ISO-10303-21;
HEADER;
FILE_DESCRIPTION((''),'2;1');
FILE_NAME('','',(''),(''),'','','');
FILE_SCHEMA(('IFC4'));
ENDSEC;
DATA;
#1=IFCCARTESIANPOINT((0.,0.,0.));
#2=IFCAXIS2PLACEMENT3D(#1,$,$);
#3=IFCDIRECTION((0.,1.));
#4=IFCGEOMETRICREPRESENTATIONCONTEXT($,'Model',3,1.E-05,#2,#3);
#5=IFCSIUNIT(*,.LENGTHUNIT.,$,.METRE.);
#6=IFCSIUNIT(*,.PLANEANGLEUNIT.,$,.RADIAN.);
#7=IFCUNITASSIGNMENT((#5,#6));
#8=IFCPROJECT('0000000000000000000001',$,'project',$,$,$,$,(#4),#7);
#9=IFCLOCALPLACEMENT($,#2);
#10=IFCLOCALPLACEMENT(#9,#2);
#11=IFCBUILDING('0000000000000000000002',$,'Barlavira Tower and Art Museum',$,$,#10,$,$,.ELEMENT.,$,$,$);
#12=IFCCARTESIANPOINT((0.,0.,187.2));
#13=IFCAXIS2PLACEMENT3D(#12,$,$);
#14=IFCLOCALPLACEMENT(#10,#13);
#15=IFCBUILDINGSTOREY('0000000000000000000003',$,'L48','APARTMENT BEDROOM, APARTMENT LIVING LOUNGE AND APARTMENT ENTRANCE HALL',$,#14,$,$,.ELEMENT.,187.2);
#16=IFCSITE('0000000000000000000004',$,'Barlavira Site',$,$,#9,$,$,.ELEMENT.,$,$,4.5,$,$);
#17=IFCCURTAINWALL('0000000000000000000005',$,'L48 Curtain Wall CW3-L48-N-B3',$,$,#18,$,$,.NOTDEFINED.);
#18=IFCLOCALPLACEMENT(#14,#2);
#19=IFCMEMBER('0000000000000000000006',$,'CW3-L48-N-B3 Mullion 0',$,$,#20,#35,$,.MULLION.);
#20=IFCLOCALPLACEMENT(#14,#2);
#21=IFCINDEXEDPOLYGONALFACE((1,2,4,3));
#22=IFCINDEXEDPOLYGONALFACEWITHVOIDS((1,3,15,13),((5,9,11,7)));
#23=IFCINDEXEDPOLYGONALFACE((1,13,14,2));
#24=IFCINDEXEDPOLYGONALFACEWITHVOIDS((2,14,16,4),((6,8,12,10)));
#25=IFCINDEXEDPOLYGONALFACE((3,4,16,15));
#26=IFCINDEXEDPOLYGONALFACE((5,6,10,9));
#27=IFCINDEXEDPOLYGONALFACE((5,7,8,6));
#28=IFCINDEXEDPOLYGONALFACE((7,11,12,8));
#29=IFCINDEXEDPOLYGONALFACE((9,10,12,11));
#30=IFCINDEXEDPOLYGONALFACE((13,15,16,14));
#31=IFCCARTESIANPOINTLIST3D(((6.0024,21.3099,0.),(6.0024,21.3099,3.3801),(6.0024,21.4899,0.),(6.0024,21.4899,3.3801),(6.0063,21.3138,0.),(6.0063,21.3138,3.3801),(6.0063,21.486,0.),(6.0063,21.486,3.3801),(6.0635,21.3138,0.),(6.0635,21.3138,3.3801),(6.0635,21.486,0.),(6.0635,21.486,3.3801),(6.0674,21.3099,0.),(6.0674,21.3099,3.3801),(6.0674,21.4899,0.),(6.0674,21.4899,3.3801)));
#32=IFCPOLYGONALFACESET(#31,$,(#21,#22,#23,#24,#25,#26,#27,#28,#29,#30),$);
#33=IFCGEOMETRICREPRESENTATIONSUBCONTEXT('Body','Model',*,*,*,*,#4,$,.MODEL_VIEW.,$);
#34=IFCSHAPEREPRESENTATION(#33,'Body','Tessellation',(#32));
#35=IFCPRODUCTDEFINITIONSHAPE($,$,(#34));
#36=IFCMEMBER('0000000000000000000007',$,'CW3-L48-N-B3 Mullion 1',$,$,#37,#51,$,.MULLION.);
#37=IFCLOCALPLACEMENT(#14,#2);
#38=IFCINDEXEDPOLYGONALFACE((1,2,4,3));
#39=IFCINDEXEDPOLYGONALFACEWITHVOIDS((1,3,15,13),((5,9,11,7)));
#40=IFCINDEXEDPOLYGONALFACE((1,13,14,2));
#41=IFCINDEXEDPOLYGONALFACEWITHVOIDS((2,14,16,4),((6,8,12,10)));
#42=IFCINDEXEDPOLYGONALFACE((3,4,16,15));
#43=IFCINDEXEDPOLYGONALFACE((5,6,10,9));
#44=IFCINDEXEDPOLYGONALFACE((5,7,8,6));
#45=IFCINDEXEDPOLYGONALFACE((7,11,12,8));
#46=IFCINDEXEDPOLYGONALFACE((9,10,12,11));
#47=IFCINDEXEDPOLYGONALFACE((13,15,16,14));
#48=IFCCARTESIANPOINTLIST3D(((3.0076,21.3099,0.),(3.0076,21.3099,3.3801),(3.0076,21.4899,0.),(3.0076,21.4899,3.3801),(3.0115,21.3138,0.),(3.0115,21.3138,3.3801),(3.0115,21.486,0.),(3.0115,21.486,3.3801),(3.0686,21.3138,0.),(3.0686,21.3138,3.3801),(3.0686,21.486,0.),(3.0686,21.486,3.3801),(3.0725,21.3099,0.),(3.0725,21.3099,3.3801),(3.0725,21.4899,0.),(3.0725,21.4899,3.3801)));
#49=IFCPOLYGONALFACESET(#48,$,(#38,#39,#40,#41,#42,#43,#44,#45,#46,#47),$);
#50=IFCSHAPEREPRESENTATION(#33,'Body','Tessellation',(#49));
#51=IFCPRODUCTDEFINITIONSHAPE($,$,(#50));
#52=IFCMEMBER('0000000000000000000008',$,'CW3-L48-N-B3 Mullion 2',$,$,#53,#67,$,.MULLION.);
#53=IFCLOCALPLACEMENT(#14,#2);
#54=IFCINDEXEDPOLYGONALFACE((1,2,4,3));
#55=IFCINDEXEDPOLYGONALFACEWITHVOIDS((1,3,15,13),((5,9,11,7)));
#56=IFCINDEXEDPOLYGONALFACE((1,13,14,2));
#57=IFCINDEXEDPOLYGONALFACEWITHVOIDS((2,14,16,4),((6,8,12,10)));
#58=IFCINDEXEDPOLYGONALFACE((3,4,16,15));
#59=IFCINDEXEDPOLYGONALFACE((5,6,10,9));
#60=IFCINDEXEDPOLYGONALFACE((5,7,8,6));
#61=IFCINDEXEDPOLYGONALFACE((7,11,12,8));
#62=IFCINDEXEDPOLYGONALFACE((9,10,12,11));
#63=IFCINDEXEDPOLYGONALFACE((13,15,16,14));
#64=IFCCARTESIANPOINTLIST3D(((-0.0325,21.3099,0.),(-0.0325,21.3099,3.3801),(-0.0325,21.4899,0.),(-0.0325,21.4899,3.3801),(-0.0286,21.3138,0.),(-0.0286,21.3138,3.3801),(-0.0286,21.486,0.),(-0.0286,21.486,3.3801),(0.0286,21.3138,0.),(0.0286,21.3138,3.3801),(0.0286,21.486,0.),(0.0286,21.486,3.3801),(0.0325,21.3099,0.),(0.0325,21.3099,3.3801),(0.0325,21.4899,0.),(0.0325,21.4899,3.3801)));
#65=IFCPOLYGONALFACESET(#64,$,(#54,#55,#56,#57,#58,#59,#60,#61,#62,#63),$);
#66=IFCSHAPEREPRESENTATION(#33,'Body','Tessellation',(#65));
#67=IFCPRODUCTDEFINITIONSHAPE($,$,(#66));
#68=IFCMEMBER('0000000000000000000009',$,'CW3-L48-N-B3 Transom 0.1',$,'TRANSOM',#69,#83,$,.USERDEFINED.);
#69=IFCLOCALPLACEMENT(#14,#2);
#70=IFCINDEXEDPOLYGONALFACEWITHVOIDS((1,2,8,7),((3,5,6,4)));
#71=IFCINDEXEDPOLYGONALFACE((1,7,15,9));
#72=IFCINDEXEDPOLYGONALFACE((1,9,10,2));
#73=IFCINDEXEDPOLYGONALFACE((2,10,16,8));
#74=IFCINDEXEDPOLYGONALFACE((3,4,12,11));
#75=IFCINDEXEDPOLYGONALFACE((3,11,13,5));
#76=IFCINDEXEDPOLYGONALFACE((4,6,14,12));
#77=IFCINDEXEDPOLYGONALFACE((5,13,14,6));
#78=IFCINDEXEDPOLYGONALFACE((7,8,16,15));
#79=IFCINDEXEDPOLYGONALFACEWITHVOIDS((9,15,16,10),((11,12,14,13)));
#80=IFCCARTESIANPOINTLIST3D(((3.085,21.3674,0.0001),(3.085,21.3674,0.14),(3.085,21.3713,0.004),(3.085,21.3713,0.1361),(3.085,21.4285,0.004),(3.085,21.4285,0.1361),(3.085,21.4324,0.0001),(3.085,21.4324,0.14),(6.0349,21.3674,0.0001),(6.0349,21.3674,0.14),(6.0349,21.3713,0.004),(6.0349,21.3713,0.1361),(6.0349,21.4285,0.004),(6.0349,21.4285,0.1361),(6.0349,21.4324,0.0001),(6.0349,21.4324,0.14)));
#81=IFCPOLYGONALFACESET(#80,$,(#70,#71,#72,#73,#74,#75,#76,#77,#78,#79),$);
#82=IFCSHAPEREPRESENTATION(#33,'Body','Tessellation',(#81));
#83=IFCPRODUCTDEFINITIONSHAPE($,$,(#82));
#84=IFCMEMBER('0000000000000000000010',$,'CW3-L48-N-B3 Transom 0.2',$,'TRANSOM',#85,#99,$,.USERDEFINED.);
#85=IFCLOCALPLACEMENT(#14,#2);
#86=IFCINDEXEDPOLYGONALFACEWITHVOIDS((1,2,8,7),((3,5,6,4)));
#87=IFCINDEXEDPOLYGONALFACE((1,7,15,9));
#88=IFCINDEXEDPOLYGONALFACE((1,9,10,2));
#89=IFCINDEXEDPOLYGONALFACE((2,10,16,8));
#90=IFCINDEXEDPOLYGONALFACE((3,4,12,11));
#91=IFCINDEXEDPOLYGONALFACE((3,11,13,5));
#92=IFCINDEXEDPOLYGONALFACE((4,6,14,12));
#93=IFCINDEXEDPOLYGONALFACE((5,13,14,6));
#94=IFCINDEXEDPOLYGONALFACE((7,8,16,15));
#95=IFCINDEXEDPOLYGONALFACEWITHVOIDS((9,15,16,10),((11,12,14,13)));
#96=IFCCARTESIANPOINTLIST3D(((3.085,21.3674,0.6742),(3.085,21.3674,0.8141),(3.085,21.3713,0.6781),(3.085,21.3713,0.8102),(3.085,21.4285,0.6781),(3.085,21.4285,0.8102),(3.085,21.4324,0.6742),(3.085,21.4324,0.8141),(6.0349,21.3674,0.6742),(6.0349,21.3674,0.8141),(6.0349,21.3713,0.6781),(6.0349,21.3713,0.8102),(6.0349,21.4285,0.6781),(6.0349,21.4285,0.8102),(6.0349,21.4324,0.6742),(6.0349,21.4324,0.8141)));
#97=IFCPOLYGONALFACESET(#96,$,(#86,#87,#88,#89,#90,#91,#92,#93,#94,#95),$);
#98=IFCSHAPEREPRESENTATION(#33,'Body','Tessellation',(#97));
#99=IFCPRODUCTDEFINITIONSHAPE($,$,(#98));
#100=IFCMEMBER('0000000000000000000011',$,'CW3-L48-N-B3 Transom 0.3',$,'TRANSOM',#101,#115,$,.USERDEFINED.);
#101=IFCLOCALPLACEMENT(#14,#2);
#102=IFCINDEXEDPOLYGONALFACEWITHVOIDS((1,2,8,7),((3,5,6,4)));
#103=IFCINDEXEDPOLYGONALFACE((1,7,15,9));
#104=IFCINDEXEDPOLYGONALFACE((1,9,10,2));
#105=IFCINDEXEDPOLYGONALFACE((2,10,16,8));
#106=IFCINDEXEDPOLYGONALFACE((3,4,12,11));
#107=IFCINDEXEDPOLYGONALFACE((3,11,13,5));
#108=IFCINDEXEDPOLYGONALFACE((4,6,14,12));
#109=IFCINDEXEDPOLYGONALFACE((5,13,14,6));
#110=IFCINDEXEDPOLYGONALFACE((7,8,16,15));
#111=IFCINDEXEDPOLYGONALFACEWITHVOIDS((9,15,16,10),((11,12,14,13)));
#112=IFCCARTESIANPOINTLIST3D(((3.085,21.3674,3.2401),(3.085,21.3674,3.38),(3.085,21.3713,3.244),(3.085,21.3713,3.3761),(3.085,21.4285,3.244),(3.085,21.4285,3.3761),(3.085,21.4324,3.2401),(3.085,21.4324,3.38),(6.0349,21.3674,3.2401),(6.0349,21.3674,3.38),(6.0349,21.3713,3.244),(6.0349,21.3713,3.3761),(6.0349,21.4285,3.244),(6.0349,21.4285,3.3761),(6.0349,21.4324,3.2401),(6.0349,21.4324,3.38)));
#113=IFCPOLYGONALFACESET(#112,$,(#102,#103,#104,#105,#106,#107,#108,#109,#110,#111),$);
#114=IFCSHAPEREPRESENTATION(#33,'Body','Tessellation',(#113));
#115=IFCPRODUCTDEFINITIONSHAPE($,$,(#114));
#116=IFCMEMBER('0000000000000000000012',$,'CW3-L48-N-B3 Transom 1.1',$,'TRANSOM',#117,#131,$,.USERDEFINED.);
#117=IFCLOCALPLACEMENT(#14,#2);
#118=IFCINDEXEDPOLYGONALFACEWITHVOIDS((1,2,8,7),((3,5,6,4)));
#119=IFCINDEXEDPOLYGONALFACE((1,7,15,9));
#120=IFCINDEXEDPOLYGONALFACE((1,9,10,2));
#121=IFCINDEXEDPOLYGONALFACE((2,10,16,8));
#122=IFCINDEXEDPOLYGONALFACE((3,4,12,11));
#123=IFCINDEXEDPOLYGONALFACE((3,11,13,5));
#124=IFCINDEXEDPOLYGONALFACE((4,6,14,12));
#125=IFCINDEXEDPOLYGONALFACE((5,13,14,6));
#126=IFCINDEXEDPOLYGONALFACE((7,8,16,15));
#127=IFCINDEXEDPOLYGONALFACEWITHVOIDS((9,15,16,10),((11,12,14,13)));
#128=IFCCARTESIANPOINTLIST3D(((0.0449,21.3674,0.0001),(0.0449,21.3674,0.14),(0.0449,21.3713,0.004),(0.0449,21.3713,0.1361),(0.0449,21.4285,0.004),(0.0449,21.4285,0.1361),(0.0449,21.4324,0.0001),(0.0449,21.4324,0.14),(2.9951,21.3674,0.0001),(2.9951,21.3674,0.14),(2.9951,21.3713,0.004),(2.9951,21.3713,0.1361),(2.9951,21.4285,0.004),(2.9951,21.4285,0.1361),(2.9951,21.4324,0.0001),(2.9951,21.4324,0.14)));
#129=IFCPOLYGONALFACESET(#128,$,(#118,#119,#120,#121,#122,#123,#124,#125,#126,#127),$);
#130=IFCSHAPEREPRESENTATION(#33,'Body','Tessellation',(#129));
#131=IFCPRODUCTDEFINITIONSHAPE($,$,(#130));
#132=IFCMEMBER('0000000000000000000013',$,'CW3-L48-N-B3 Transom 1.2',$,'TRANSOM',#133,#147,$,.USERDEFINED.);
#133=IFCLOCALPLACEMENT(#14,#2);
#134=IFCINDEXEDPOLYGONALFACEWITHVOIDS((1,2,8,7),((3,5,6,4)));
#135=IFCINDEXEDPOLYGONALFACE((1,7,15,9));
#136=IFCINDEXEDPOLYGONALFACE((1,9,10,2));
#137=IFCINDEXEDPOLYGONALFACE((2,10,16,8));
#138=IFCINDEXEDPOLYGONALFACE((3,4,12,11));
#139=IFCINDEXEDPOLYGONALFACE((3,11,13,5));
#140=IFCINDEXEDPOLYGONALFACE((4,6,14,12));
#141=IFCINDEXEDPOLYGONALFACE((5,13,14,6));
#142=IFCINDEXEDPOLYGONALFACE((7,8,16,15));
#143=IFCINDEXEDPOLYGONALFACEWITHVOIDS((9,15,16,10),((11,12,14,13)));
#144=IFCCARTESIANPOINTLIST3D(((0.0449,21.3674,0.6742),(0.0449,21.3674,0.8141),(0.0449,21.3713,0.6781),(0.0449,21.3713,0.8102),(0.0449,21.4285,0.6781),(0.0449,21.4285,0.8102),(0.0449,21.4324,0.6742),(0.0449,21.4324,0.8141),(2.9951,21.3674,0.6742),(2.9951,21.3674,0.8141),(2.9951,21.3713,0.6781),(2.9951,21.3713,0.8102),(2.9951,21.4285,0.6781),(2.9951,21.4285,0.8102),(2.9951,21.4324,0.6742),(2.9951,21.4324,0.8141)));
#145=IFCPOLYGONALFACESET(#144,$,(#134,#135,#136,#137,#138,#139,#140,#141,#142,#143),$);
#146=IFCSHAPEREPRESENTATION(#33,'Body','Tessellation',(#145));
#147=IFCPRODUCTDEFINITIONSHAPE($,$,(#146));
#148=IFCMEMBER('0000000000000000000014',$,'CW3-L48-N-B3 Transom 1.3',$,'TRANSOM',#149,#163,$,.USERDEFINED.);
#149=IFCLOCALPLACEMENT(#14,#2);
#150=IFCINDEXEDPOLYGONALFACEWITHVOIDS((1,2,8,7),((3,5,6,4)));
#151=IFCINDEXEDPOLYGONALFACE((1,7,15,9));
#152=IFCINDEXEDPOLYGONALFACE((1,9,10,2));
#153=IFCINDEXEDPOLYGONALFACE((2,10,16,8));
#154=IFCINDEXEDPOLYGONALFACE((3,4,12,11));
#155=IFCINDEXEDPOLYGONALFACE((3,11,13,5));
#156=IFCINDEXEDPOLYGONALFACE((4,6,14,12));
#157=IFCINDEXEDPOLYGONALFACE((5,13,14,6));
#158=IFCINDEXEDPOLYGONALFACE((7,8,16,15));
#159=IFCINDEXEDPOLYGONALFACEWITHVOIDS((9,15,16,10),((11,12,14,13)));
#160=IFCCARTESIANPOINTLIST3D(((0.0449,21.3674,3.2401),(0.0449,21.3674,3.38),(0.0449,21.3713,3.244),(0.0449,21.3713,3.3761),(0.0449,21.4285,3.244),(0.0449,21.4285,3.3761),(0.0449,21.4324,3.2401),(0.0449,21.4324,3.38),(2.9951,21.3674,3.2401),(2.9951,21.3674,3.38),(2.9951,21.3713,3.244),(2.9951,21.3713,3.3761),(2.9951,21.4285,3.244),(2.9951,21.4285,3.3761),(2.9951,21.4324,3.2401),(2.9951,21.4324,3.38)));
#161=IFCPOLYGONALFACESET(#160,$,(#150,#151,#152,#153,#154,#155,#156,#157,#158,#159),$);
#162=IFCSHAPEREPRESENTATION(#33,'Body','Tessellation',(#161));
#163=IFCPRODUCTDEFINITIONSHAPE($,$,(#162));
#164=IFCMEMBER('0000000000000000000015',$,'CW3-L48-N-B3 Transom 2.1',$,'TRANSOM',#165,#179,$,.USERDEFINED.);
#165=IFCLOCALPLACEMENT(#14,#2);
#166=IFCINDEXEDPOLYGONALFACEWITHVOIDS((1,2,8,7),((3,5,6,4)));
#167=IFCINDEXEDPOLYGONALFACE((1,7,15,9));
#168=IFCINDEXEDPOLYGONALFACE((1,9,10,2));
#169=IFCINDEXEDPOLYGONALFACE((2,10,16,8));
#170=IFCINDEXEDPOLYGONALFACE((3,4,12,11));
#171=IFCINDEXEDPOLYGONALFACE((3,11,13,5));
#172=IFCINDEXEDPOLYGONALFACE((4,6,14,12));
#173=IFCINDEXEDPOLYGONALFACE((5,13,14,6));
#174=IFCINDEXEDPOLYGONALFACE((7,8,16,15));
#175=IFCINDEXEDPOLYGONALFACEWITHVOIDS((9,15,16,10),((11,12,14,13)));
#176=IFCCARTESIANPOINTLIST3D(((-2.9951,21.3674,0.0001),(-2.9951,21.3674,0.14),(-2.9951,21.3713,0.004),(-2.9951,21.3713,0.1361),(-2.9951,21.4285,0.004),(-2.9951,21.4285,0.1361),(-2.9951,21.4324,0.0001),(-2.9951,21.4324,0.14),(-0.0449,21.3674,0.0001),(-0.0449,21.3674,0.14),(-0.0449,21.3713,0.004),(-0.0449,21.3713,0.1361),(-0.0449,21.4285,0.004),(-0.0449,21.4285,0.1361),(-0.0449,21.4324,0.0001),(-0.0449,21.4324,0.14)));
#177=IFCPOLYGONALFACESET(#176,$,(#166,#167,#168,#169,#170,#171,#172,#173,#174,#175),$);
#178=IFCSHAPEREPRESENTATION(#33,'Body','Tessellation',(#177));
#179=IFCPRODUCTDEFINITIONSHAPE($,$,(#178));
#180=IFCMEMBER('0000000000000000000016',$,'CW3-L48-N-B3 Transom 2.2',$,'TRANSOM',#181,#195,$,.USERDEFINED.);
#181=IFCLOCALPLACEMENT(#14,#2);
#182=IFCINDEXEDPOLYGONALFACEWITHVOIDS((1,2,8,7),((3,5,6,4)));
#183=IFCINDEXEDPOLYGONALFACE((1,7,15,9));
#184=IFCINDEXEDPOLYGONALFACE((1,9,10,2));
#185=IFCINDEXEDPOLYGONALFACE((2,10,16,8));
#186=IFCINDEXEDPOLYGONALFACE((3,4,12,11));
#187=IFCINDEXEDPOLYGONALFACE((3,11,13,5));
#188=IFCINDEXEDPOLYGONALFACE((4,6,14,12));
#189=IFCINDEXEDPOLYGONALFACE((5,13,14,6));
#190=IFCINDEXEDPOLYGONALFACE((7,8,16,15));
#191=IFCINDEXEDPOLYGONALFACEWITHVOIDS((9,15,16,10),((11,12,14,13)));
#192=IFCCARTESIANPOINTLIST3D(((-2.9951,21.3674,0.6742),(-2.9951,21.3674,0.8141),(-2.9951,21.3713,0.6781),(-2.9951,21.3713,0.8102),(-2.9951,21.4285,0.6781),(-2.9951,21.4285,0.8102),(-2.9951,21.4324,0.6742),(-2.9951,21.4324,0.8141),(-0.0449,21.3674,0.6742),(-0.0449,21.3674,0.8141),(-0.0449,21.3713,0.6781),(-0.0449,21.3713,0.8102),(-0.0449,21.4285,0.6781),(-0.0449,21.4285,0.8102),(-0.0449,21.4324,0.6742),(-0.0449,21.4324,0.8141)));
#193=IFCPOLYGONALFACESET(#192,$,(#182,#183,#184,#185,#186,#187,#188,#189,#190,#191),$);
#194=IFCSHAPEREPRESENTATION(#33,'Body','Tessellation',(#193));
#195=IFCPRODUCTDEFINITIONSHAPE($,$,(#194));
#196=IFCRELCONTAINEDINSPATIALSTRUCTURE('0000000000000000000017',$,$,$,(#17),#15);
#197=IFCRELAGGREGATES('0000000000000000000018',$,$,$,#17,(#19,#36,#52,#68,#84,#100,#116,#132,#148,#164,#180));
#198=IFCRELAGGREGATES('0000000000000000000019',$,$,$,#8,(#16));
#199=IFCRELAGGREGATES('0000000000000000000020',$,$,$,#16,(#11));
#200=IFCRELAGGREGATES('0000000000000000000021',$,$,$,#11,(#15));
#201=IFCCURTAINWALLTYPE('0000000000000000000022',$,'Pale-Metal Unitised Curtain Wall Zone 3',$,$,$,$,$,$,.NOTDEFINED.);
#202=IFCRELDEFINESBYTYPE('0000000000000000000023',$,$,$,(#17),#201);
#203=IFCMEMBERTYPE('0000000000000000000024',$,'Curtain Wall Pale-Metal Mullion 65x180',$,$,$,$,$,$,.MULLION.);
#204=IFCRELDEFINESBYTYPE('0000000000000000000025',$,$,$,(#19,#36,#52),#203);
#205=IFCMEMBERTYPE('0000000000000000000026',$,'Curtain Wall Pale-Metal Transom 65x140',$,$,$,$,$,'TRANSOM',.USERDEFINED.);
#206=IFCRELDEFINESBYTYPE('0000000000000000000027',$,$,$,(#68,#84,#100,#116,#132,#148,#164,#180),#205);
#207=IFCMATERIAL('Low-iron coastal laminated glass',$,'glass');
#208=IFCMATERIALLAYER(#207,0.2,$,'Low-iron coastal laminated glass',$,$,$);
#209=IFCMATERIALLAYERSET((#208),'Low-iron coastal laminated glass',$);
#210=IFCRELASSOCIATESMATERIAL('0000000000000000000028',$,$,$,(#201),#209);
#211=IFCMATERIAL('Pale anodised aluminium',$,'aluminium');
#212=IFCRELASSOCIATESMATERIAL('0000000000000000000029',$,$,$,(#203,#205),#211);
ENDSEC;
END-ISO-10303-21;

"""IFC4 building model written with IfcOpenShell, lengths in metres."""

from ifc_helpers import new_model, si_unit, direction, frame, origin, origin_2d, place, context, subcontext, project, spatial, hollow_rectangle, extrude, material, layer, layer_set, material_profile, profile_set, type_object, element, aggregate, save


model = new_model("IFC4")

# Units and contexts
model_context = context("Model", 3, precision=1e-05, world=origin(), true_north=direction((0.0, 1.0)))
body_context = subcontext(model_context, "Body", "Model", "MODEL_VIEW")
ifc_project = project(units=[si_unit("LENGTHUNIT", "METRE"), si_unit("PLANEANGLEUNIT", "RADIAN")], contexts=[model_context])

# Site, building, storey
site_placement = place(None, origin())
site = spatial("IfcSite", under=ifc_project, at=site_placement, Name="Barlavira Site", CompositionType="ELEMENT", RefElevation=4.5)
building_placement = place(site_placement, origin())
building = spatial("IfcBuilding", under=site, at=building_placement, Name="Barlavira Tower and Art Museum", CompositionType="ELEMENT")
storey_placement = place(building_placement, frame((0.0, 0.0, 187.2)))
storey = spatial("IfcBuildingStorey", under=building, at=storey_placement, Name="L48", Description="APARTMENT BEDROOM, APARTMENT LIVING LOUNGE AND APARTMENT ENTRANCE HALL", CompositionType="ELEMENT", Elevation=187.2)

# Curtain wall, members
ifc_material_1 = material(Name="Low-iron coastal laminated glass", Category="glass")
ifc_layer_1 = layer(ifc_material_1, 0.2, Name="Low-iron coastal laminated glass")
ifc_layer_set_1 = layer_set([ifc_layer_1], Name="Low-iron coastal laminated glass")
curtain_wall_type = type_object("IfcCurtainWallType", Name="Pale-Metal Unitised Curtain Wall Zone 3", PredefinedType="NOTDEFINED", material=ifc_layer_set_1)
curtain_wall_placement = place(storey_placement, origin())
curtain_wall = element("IfcCurtainWall", 1, at=curtain_wall_placement, inside=storey, type_object=curtain_wall_type, Name="L48 Curtain Wall CW3-L48-N-B3", PredefinedType="NOTDEFINED")
ifc_material_2 = material(Name="Pale anodised aluminium", Category="aluminium")
ifc_material_profile_1 = material_profile(ifc_material_2, hollow_rectangle(XDim=0.0649, YDim=0.1799, WallThickness=0.0039, at=origin_2d()), Name="ALU-MULL 65x180x4")
ifc_profile_set_1 = profile_set([ifc_material_profile_1], Name="Pale anodised aluminium")
member_type_1 = type_object("IfcMemberType", Name="Curtain Wall Pale-Metal Mullion 65x180", PredefinedType="MULLION", material=ifc_profile_set_1)
member_1_placement = place(storey_placement, frame((6.0349, 21.3999, 0.0), z_axis=(0.0, 0.0, 1.0), x_axis=(-1.0, 0.0, 0.0)))
member_1 = element("IfcMember", 2, at=member_1_placement, type_object=member_type_1, Name="CW3-L48-N-B3 Mullion 0", PredefinedType="MULLION", context=body_context, shape_type="SweptSolid", body=[
    extrude(hollow_rectangle(XDim=0.0649, YDim=0.1799, WallThickness=0.0039, at=origin_2d()), origin(), (0.0, 0.0, 1.0), 3.3801),
])
member_2_placement = place(storey_placement, frame((3.04, 21.3999, 0.0), z_axis=(0.0, 0.0, 1.0), x_axis=(-1.0, 0.0, 0.0)))
member_2 = element("IfcMember", 3, at=member_2_placement, type_object=member_type_1, Name="CW3-L48-N-B3 Mullion 1", PredefinedType="MULLION", context=body_context, shape_type="SweptSolid", body=[
    extrude(hollow_rectangle(XDim=0.0649, YDim=0.1799, WallThickness=0.0039, at=origin_2d()), origin(), (0.0, 0.0, 1.0), 3.3801),
])
member_3_placement = place(storey_placement, frame((0.0, 21.3999, 0.0), z_axis=(0.0, 0.0, 1.0), x_axis=(-1.0, 0.0, 0.0)))
member_3 = element("IfcMember", 4, at=member_3_placement, type_object=member_type_1, Name="CW3-L48-N-B3 Mullion 2", PredefinedType="MULLION", context=body_context, shape_type="SweptSolid", body=[
    extrude(hollow_rectangle(XDim=0.0649, YDim=0.1799, WallThickness=0.0039, at=origin_2d()), origin(), (0.0, 0.0, 1.0), 3.3801),
])
ifc_material_profile_2 = material_profile(ifc_material_2, hollow_rectangle(XDim=0.0649, YDim=0.1399, WallThickness=0.0039, at=origin_2d()), Name="ALU-TRAN 65x140x4")
ifc_profile_set_2 = profile_set([ifc_material_profile_2], Name="Pale anodised aluminium")
member_type_2 = type_object("IfcMemberType", Name="Curtain Wall Pale-Metal Transom 65x140", ElementType="TRANSOM", PredefinedType="USERDEFINED", material=ifc_profile_set_2)
member_4_placement = place(storey_placement, frame((6.0349, 21.3999, 0.0701), z_axis=(-1.0, 0.0, 0.0), x_axis=(0.0, -1.0, 0.0)))
member_4 = element("IfcMember", 5, at=member_4_placement, type_object=member_type_2, Name="CW3-L48-N-B3 Transom 0.1", ObjectType="TRANSOM", PredefinedType="USERDEFINED", context=body_context, shape_type="SweptSolid", body=[
    extrude(hollow_rectangle(XDim=0.0649, YDim=0.1399, WallThickness=0.0039, at=origin_2d()), origin(), (0.0, 0.0, 1.0), 2.95),
])
member_5_placement = place(storey_placement, frame((6.0349, 21.3999, 0.7441), z_axis=(-1.0, 0.0, 0.0), x_axis=(0.0, -1.0, 0.0)))
member_5 = element("IfcMember", 6, at=member_5_placement, type_object=member_type_2, Name="CW3-L48-N-B3 Transom 0.2", ObjectType="TRANSOM", PredefinedType="USERDEFINED", context=body_context, shape_type="SweptSolid", body=[
    extrude(hollow_rectangle(XDim=0.0649, YDim=0.1399, WallThickness=0.0039, at=origin_2d()), origin(), (0.0, 0.0, 1.0), 2.95),
])
member_6_placement = place(storey_placement, frame((6.0349, 21.3999, 3.3101), z_axis=(-1.0, 0.0, 0.0), x_axis=(0.0, -1.0, 0.0)))
member_6 = element("IfcMember", 7, at=member_6_placement, type_object=member_type_2, Name="CW3-L48-N-B3 Transom 0.3", ObjectType="TRANSOM", PredefinedType="USERDEFINED", context=body_context, shape_type="SweptSolid", body=[
    extrude(hollow_rectangle(XDim=0.0649, YDim=0.1399, WallThickness=0.0039, at=origin_2d()), origin(), (0.0, 0.0, 1.0), 2.95),
])
member_7_placement = place(storey_placement, frame((2.9951, 21.3999, 0.0701), z_axis=(-1.0, 0.0, 0.0), x_axis=(0.0, -1.0, 0.0)))
member_7 = element("IfcMember", 8, at=member_7_placement, type_object=member_type_2, Name="CW3-L48-N-B3 Transom 1.1", ObjectType="TRANSOM", PredefinedType="USERDEFINED", context=body_context, shape_type="SweptSolid", body=[
    extrude(hollow_rectangle(XDim=0.0649, YDim=0.1399, WallThickness=0.0039, at=origin_2d()), origin(), (0.0, 0.0, 1.0), 2.9502),
])
member_8_placement = place(storey_placement, frame((2.9951, 21.3999, 0.7441), z_axis=(-1.0, 0.0, 0.0), x_axis=(0.0, -1.0, 0.0)))
member_8 = element("IfcMember", 9, at=member_8_placement, type_object=member_type_2, Name="CW3-L48-N-B3 Transom 1.2", ObjectType="TRANSOM", PredefinedType="USERDEFINED", context=body_context, shape_type="SweptSolid", body=[
    extrude(hollow_rectangle(XDim=0.0649, YDim=0.1399, WallThickness=0.0039, at=origin_2d()), origin(), (0.0, 0.0, 1.0), 2.9502),
])
member_9_placement = place(storey_placement, frame((2.9951, 21.3999, 3.3101), z_axis=(-1.0, 0.0, 0.0), x_axis=(0.0, -1.0, 0.0)))
member_9 = element("IfcMember", 10, at=member_9_placement, type_object=member_type_2, Name="CW3-L48-N-B3 Transom 1.3", ObjectType="TRANSOM", PredefinedType="USERDEFINED", context=body_context, shape_type="SweptSolid", body=[
    extrude(hollow_rectangle(XDim=0.0649, YDim=0.1399, WallThickness=0.0039, at=origin_2d()), origin(), (0.0, 0.0, 1.0), 2.9502),
])
member_10_placement = place(storey_placement, frame((-0.0449, 21.3999, 0.0701), z_axis=(-1.0, 0.0, 0.0), x_axis=(0.0, -1.0, 0.0)))
member_10 = element("IfcMember", 11, at=member_10_placement, type_object=member_type_2, Name="CW3-L48-N-B3 Transom 2.1", ObjectType="TRANSOM", PredefinedType="USERDEFINED", context=body_context, shape_type="SweptSolid", body=[
    extrude(hollow_rectangle(XDim=0.0649, YDim=0.1399, WallThickness=0.0039, at=origin_2d()), origin(), (0.0, 0.0, 1.0), 2.9502),
])
member_11_placement = place(storey_placement, frame((-0.0449, 21.3999, 0.7441), z_axis=(-1.0, 0.0, 0.0), x_axis=(0.0, -1.0, 0.0)))
member_11 = element("IfcMember", 12, at=member_11_placement, type_object=member_type_2, Name="CW3-L48-N-B3 Transom 2.2", ObjectType="TRANSOM", PredefinedType="USERDEFINED", context=body_context, shape_type="SweptSolid", body=[
    extrude(hollow_rectangle(XDim=0.0649, YDim=0.1399, WallThickness=0.0039, at=origin_2d()), origin(), (0.0, 0.0, 1.0), 2.9502),
])

aggregate(curtain_wall, [member_1, member_2, member_3, member_4, member_5, member_6, member_7, member_8, member_9, member_10, member_11])

save(model, "model.ifc")
